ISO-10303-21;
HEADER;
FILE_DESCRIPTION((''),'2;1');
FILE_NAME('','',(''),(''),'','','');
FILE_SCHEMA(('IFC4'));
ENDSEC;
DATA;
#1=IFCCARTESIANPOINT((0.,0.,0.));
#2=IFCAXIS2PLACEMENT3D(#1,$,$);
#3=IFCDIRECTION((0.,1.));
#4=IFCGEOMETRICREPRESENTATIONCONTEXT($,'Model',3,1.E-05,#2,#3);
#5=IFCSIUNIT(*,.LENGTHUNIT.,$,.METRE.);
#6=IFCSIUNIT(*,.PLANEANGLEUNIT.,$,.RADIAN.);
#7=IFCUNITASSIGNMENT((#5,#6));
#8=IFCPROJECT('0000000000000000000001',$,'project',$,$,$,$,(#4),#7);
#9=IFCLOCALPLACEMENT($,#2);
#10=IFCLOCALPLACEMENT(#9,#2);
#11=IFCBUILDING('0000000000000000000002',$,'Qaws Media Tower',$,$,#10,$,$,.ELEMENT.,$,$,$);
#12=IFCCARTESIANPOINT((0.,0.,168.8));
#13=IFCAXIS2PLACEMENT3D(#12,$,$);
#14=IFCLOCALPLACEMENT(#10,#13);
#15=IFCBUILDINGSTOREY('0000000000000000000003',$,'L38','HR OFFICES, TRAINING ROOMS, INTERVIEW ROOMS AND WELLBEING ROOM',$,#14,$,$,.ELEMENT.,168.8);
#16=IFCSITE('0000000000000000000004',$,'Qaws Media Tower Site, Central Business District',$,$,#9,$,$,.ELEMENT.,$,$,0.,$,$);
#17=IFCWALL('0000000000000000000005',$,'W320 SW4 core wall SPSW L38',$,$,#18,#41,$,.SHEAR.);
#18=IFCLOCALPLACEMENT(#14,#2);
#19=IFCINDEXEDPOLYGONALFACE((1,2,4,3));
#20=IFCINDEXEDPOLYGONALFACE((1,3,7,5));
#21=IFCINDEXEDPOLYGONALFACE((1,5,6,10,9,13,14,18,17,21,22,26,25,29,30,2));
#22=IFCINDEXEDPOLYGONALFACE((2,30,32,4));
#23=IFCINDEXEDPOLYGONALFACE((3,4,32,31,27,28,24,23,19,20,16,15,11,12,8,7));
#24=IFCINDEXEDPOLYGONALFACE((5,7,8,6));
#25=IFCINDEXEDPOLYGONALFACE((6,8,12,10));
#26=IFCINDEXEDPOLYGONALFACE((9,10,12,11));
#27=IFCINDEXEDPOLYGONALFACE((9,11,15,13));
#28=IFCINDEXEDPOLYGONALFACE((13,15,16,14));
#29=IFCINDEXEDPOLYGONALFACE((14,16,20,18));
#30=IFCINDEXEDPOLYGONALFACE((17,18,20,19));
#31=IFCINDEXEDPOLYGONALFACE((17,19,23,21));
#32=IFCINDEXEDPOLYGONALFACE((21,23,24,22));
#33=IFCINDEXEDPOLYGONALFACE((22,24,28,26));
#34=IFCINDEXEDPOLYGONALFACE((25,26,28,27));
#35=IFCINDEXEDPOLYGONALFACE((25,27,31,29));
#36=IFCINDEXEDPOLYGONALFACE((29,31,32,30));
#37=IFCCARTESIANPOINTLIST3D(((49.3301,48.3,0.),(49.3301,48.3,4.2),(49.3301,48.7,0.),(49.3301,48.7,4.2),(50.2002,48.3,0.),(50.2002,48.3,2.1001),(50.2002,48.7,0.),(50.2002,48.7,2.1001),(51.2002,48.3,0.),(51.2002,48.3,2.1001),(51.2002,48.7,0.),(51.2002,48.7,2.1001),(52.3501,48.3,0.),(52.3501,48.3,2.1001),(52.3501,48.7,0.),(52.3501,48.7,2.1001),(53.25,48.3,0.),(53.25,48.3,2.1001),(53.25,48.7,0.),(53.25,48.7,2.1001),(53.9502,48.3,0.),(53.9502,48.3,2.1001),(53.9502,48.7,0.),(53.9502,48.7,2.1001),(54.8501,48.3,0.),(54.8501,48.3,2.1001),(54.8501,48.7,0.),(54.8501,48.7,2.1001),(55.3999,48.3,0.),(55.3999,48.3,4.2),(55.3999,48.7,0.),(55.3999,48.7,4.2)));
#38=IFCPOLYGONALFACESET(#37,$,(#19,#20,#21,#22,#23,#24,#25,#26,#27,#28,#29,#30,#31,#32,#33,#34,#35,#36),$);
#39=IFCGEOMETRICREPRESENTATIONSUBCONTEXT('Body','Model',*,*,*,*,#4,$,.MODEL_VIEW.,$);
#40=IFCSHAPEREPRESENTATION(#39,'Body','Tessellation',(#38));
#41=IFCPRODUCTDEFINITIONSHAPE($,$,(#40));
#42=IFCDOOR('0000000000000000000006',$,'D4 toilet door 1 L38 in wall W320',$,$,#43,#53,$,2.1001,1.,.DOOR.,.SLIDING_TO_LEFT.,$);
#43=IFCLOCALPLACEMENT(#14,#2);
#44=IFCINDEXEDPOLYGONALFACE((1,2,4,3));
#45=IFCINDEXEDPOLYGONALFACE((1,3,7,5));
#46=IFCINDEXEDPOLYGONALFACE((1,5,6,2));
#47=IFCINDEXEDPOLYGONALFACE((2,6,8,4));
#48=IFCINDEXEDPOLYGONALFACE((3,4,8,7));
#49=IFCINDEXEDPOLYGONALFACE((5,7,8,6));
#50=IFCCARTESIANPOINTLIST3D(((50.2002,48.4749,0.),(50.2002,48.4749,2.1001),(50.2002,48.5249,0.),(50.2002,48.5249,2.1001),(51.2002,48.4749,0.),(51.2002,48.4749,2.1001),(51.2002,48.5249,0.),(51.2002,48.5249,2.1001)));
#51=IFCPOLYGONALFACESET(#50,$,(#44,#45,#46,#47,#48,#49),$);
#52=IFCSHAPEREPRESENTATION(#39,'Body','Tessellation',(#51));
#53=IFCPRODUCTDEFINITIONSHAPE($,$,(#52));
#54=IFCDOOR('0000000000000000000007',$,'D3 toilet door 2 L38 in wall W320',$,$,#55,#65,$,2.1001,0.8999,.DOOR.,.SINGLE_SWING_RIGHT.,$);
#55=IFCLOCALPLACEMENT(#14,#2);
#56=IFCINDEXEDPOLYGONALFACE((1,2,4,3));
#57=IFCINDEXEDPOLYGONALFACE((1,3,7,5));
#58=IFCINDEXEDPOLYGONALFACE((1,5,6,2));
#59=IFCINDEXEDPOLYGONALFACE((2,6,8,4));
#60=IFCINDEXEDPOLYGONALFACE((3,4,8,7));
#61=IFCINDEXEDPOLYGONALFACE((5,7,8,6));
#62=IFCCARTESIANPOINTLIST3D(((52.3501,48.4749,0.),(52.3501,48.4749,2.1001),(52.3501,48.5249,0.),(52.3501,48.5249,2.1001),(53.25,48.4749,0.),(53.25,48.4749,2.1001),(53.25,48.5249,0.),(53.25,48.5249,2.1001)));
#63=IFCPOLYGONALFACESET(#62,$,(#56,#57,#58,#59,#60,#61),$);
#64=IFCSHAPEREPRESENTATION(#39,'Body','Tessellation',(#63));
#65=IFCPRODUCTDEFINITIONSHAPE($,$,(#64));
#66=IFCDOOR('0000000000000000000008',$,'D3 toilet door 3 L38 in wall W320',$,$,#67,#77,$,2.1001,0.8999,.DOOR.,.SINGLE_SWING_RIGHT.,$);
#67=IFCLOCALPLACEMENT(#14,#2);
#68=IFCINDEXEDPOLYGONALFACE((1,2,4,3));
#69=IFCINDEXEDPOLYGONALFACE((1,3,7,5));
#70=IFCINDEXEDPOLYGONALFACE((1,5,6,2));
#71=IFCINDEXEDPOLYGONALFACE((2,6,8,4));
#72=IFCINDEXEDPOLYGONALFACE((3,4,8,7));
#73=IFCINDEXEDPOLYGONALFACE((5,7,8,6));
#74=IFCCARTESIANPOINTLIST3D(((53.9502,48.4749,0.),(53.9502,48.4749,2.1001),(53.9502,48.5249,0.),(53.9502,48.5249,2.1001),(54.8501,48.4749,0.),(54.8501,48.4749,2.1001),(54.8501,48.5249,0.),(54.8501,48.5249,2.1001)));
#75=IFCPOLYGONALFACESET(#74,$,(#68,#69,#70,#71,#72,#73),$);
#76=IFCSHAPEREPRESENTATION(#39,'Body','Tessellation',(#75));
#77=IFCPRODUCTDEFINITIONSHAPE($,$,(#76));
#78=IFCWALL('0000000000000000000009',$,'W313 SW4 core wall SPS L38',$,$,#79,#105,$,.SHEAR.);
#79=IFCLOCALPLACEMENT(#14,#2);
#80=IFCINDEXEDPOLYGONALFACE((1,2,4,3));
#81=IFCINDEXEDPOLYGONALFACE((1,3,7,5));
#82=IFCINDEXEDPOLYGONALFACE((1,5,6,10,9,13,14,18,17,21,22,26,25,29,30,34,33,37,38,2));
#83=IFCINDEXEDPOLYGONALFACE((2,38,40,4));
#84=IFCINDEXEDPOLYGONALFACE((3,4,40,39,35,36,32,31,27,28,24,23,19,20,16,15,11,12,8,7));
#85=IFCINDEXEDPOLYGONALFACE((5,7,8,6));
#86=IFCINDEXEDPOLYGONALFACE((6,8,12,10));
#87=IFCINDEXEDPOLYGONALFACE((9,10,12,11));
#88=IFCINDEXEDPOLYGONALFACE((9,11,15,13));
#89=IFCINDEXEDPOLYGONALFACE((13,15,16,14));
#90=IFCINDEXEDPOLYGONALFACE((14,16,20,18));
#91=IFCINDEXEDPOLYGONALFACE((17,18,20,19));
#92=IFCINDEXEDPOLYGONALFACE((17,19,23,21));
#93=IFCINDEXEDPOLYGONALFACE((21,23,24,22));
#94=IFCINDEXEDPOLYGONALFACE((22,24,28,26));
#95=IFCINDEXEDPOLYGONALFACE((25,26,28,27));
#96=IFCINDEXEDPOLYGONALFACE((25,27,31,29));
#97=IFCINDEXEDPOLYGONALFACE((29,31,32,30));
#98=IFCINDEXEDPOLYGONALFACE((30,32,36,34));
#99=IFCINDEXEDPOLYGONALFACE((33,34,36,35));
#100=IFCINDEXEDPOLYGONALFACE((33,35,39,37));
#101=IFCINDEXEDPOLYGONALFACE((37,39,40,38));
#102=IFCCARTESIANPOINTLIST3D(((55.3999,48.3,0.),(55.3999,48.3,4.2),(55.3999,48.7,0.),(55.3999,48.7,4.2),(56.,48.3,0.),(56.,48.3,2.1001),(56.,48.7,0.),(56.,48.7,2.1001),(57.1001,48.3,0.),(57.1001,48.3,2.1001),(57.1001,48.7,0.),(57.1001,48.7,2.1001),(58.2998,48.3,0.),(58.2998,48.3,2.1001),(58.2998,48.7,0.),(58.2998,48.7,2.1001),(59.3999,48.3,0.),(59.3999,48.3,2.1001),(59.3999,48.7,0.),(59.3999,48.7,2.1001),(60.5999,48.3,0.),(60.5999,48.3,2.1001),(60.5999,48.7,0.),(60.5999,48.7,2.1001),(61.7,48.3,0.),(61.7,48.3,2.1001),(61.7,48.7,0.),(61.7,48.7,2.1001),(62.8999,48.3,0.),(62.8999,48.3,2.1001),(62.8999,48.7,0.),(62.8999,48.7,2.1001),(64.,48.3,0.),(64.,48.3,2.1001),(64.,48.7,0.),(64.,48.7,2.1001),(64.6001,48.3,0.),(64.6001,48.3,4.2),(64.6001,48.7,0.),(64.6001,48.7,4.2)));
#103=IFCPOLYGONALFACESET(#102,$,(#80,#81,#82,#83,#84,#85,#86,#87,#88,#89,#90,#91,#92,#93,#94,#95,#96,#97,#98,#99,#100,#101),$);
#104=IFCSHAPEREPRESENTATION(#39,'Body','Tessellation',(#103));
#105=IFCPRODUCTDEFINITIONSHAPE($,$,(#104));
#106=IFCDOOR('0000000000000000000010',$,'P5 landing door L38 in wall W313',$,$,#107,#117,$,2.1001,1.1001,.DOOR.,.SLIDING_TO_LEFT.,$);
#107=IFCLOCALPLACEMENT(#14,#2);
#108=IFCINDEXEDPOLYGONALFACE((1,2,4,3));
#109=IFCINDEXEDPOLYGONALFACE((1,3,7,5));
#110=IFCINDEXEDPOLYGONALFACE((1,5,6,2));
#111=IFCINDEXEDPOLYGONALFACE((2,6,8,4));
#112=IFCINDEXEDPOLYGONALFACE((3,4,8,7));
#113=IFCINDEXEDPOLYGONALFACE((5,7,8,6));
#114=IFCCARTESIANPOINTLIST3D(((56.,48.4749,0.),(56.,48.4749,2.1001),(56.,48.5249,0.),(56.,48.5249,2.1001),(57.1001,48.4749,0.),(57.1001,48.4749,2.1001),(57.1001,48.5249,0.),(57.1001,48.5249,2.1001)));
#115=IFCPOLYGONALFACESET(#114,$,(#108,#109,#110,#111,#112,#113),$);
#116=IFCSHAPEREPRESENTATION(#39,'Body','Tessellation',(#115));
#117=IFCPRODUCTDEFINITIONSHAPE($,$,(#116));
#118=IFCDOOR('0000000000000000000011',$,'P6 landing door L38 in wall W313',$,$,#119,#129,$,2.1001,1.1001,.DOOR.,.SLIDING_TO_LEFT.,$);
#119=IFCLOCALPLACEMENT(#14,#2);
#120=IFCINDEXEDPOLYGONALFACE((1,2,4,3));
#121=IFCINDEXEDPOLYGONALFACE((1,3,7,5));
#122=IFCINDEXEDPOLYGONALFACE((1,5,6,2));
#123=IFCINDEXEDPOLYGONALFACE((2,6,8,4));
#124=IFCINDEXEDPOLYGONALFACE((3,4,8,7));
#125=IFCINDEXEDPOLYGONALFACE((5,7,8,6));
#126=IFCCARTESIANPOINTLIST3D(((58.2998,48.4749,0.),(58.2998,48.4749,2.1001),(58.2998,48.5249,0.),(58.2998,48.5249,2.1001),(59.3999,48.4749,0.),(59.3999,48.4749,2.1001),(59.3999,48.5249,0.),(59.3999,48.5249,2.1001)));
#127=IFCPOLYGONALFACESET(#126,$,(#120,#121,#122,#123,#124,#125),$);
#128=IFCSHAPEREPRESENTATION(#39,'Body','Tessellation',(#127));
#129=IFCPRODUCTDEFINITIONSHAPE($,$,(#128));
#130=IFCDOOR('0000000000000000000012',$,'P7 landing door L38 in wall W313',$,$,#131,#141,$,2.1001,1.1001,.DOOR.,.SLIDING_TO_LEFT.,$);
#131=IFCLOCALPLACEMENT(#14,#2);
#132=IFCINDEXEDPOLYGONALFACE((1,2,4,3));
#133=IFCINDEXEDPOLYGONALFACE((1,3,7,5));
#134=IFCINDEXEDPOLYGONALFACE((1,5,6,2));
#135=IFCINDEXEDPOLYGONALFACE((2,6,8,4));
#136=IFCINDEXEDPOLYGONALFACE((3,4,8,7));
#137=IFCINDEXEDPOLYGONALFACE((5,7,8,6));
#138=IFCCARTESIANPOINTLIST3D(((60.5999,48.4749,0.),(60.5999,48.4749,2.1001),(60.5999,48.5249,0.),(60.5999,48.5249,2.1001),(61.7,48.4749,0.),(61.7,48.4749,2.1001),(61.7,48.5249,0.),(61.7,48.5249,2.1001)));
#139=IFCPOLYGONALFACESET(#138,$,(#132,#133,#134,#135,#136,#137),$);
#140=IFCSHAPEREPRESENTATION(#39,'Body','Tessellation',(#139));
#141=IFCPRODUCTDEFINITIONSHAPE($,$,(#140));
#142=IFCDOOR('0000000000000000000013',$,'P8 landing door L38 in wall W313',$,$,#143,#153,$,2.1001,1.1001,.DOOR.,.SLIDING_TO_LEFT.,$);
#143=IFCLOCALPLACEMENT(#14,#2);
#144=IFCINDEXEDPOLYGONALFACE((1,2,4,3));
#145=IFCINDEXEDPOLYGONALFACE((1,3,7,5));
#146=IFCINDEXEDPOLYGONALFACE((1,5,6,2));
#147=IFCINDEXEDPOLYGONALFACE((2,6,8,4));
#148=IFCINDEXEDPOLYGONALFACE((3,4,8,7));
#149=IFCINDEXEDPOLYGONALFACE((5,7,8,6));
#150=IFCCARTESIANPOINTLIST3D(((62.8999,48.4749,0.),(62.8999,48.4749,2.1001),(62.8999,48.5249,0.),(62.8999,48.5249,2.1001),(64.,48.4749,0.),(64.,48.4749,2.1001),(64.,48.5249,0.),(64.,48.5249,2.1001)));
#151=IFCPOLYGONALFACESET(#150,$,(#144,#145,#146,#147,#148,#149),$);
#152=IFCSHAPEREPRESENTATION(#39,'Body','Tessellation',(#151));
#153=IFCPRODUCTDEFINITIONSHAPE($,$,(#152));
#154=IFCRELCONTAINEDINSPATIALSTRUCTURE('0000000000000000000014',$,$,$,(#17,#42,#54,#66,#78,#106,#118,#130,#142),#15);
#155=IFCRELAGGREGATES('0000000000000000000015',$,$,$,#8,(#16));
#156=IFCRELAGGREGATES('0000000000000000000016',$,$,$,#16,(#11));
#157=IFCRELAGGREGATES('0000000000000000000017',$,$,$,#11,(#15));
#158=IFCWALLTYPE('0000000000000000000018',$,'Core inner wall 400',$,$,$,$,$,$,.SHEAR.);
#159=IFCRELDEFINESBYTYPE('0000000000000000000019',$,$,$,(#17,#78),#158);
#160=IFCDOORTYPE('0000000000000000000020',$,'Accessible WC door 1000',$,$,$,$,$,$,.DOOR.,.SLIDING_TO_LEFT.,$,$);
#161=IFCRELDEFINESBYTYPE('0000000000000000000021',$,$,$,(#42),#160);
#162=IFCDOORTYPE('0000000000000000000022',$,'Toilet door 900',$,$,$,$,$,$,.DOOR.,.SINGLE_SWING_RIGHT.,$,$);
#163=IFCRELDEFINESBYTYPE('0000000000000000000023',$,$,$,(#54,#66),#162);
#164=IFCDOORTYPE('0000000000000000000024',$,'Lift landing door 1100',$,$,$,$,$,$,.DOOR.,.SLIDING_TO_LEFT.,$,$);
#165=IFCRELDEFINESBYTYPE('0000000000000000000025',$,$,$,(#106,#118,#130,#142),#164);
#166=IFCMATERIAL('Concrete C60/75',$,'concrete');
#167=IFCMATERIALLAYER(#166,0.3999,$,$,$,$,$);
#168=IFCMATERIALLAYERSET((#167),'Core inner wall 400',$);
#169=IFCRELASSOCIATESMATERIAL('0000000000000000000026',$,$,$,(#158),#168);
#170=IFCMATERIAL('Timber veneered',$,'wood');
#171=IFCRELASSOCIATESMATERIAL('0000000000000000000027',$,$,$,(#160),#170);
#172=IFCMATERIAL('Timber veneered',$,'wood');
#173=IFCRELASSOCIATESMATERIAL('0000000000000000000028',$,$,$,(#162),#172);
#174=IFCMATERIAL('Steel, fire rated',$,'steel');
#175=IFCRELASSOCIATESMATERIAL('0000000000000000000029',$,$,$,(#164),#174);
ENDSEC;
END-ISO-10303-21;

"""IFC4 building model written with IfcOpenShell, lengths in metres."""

from ifc_helpers import new_model, si_unit, direction, frame, frame_2d, origin, place, context, subcontext, project, spatial, rectangle, extrude, material, layer, layer_set, type_object, element, fill, save


model = new_model("IFC4")

# Units and contexts
model_context = context("Model", 3, precision=1e-05, world=origin(), true_north=direction((0.0, 1.0)))
body_context = subcontext(model_context, "Body", "Model", "MODEL_VIEW")
ifc_project = project(units=[si_unit("LENGTHUNIT", "METRE"), si_unit("PLANEANGLEUNIT", "RADIAN")], contexts=[model_context])

# Site, building, storey
site_placement = place(None, origin())
site = spatial("IfcSite", under=ifc_project, at=site_placement, Name="Qaws Media Tower Site, Central Business District", CompositionType="ELEMENT", RefElevation=0.0)
building_placement = place(site_placement, origin())
building = spatial("IfcBuilding", under=site, at=building_placement, Name="Qaws Media Tower", CompositionType="ELEMENT")
storey_placement = place(building_placement, frame((0.0, 0.0, 168.8)))
storey = spatial("IfcBuildingStorey", under=building, at=storey_placement, Name="L38", Description="HR OFFICES, TRAINING ROOMS, INTERVIEW ROOMS AND WELLBEING ROOM", CompositionType="ELEMENT", Elevation=168.8)

# Shared definitions
ifc_material_1 = material(Name="Concrete C60/75", Category="concrete")
ifc_layer_1 = layer(ifc_material_1, 0.3999)
ifc_layer_set_1 = layer_set([ifc_layer_1], Name="Core inner wall 400")
wall_type_1 = type_object("IfcWallType", Name="Core inner wall 400", PredefinedType="SHEAR", material=ifc_layer_set_1)

# Walls, openings, doors
wall_1_placement = place(storey_placement, frame((49.3301, 48.5, 0.0), z_axis=(0.0, 0.0, 1.0), x_axis=(1.0, 0.0, 0.0)))
wall_1 = element("IfcWall", 1, at=wall_1_placement, inside=storey, type_object=wall_type_1, Name="W320 SW4 core wall SPSW L38", PredefinedType="SHEAR", context=body_context, shape_type="SweptSolid", body=[
    extrude(rectangle(XDim=6.0698, YDim=0.3999, at=frame_2d((3.0349, 0.0))), origin(), (0.0, 0.0, 1.0), 4.2),
])
opening_1_placement = place(wall_1_placement, frame((0.8701, 0.0, 0.0)))
opening_1 = element("IfcOpeningElement", 2, at=opening_1_placement, cuts=wall_1, PredefinedType="OPENING", context=body_context, shape_type="SweptSolid", body=[
    extrude(rectangle(XDim=1.0, YDim=2.1001, at=frame_2d((0.5, 1.05))), frame((0.0, 0.21, 0.0), z_axis=(0.0, -1.0, 0.0), x_axis=(1.0, 0.0, 0.0)), (0.0, 0.0, 1.0), 0.4199),
])
opening_2_placement = place(wall_1_placement, frame((3.02, 0.0, 0.0)))
opening_2 = element("IfcOpeningElement", 3, at=opening_2_placement, cuts=wall_1, PredefinedType="OPENING", context=body_context, shape_type="SweptSolid", body=[
    extrude(rectangle(XDim=0.8999, YDim=2.1001, at=frame_2d((0.45, 1.05))), frame((0.0, 0.21, 0.0), z_axis=(0.0, -1.0, 0.0), x_axis=(1.0, 0.0, 0.0)), (0.0, 0.0, 1.0), 0.4199),
])
opening_3_placement = place(wall_1_placement, frame((4.6201, 0.0, 0.0)))
opening_3 = element("IfcOpeningElement", 4, at=opening_3_placement, cuts=wall_1, PredefinedType="OPENING", context=body_context, shape_type="SweptSolid", body=[
    extrude(rectangle(XDim=0.8999, YDim=2.1001, at=frame_2d((0.45, 1.05))), frame((0.0, 0.21, 0.0), z_axis=(0.0, -1.0, 0.0), x_axis=(1.0, 0.0, 0.0)), (0.0, 0.0, 1.0), 0.4199),
])
ifc_material_2 = material(Name="Timber veneered", Category="wood")
door_type_1 = type_object("IfcDoorType", Name="Accessible WC door 1000", OperationType="SLIDING_TO_LEFT", PredefinedType="DOOR", material=ifc_material_2)
door_1_placement = place(opening_1_placement, origin())
door_1 = element("IfcDoor", 5, at=door_1_placement, inside=storey, type_object=door_type_1, Name="D4 toilet door 1 L38 in wall W320", OperationType="SLIDING_TO_LEFT", OverallHeight=2.1001, OverallWidth=1.0, PredefinedType="DOOR", context=body_context, shape_type="SweptSolid", body=[
    extrude(rectangle(XDim=1.0, YDim=2.1001, at=frame_2d((0.5, 1.05))), frame((0.0, 0.0249, 0.0), z_axis=(0.0, -1.0, 0.0), x_axis=(1.0, 0.0, 0.0)), (0.0, 0.0, 1.0), 0.05),
])
fill(opening_1, door_1)
ifc_material_3 = material(Name="Timber veneered", Category="wood")
door_type_2 = type_object("IfcDoorType", Name="Toilet door 900", OperationType="SINGLE_SWING_RIGHT", PredefinedType="DOOR", material=ifc_material_3)
door_2_placement = place(opening_2_placement, origin())
door_2 = element("IfcDoor", 6, at=door_2_placement, inside=storey, type_object=door_type_2, Name="D3 toilet door 2 L38 in wall W320", OperationType="SINGLE_SWING_RIGHT", OverallHeight=2.1001, OverallWidth=0.8999, PredefinedType="DOOR", context=body_context, shape_type="SweptSolid", body=[
    extrude(rectangle(XDim=0.8999, YDim=2.1001, at=frame_2d((0.45, 1.05))), frame((0.0, 0.0249, 0.0), z_axis=(0.0, -1.0, 0.0), x_axis=(1.0, 0.0, 0.0)), (0.0, 0.0, 1.0), 0.05),
])
fill(opening_2, door_2)
door_3_placement = place(opening_3_placement, origin())
door_3 = element("IfcDoor", 7, at=door_3_placement, inside=storey, type_object=door_type_2, Name="D3 toilet door 3 L38 in wall W320", OperationType="SINGLE_SWING_RIGHT", OverallHeight=2.1001, OverallWidth=0.8999, PredefinedType="DOOR", context=body_context, shape_type="SweptSolid", body=[
    extrude(rectangle(XDim=0.8999, YDim=2.1001, at=frame_2d((0.45, 1.05))), frame((0.0, 0.0249, 0.0), z_axis=(0.0, -1.0, 0.0), x_axis=(1.0, 0.0, 0.0)), (0.0, 0.0, 1.0), 0.05),
])
fill(opening_3, door_3)
wall_2_placement = place(storey_placement, frame((55.3999, 48.5, 0.0), z_axis=(0.0, 0.0, 1.0), x_axis=(1.0, 0.0, 0.0)))
wall_2 = element("IfcWall", 8, at=wall_2_placement, inside=storey, type_object=wall_type_1, Name="W313 SW4 core wall SPS L38", PredefinedType="SHEAR", context=body_context, shape_type="SweptSolid", body=[
    extrude(rectangle(XDim=9.2002, YDim=0.3999, at=frame_2d((4.6001, 0.0))), origin(), (0.0, 0.0, 1.0), 4.2),
])
opening_4_placement = place(wall_2_placement, frame((0.6001, 0.0, 0.0)))
opening_4 = element("IfcOpeningElement", 9, at=opening_4_placement, cuts=wall_2, PredefinedType="OPENING", context=body_context, shape_type="SweptSolid", body=[
    extrude(rectangle(XDim=1.1001, YDim=2.1001, at=frame_2d((0.55, 1.05))), frame((0.0, 0.21, 0.0), z_axis=(0.0, -1.0, 0.0), x_axis=(1.0, 0.0, 0.0)), (0.0, 0.0, 1.0), 0.4199),
])
opening_5_placement = place(wall_2_placement, frame((2.8999, 0.0, 0.0)))
opening_5 = element("IfcOpeningElement", 10, at=opening_5_placement, cuts=wall_2, PredefinedType="OPENING", context=body_context, shape_type="SweptSolid", body=[
    extrude(rectangle(XDim=1.1001, YDim=2.1001, at=frame_2d((0.55, 1.05))), frame((0.0, 0.21, 0.0), z_axis=(0.0, -1.0, 0.0), x_axis=(1.0, 0.0, 0.0)), (0.0, 0.0, 1.0), 0.4199),
])
opening_6_placement = place(wall_2_placement, frame((5.2, 0.0, 0.0)))
opening_6 = element("IfcOpeningElement", 11, at=opening_6_placement, cuts=wall_2, PredefinedType="OPENING", context=body_context, shape_type="SweptSolid", body=[
    extrude(rectangle(XDim=1.1001, YDim=2.1001, at=frame_2d((0.55, 1.05))), frame((0.0, 0.21, 0.0), z_axis=(0.0, -1.0, 0.0), x_axis=(1.0, 0.0, 0.0)), (0.0, 0.0, 1.0), 0.4199),
])
opening_7_placement = place(wall_2_placement, frame((7.5, 0.0, 0.0)))
opening_7 = element("IfcOpeningElement", 12, at=opening_7_placement, cuts=wall_2, PredefinedType="OPENING", context=body_context, shape_type="SweptSolid", body=[
    extrude(rectangle(XDim=1.1001, YDim=2.1001, at=frame_2d((0.55, 1.05))), frame((0.0, 0.21, 0.0), z_axis=(0.0, -1.0, 0.0), x_axis=(1.0, 0.0, 0.0)), (0.0, 0.0, 1.0), 0.4199),
])
ifc_material_4 = material(Name="Steel, fire rated", Category="steel")
door_type_3 = type_object("IfcDoorType", Name="Lift landing door 1100", OperationType="SLIDING_TO_LEFT", PredefinedType="DOOR", material=ifc_material_4)
door_4_placement = place(opening_4_placement, origin())
door_4 = element("IfcDoor", 13, at=door_4_placement, inside=storey, type_object=door_type_3, Name="P5 landing door L38 in wall W313", OperationType="SLIDING_TO_LEFT", OverallHeight=2.1001, OverallWidth=1.1001, PredefinedType="DOOR", context=body_context, shape_type="SweptSolid", body=[
    extrude(rectangle(XDim=1.1001, YDim=2.1001, at=frame_2d((0.55, 1.05))), frame((0.0, 0.0249, 0.0), z_axis=(0.0, -1.0, 0.0), x_axis=(1.0, 0.0, 0.0)), (0.0, 0.0, 1.0), 0.05),
])
fill(opening_4, door_4)
door_5_placement = place(opening_5_placement, origin())
door_5 = element("IfcDoor", 14, at=door_5_placement, inside=storey, type_object=door_type_3, Name="P6 landing door L38 in wall W313", OperationType="SLIDING_TO_LEFT", OverallHeight=2.1001, OverallWidth=1.1001, PredefinedType="DOOR", context=body_context, shape_type="SweptSolid", body=[
    extrude(rectangle(XDim=1.1001, YDim=2.1001, at=frame_2d((0.55, 1.05))), frame((0.0, 0.0249, 0.0), z_axis=(0.0, -1.0, 0.0), x_axis=(1.0, 0.0, 0.0)), (0.0, 0.0, 1.0), 0.05),
])
fill(opening_5, door_5)
door_6_placement = place(opening_6_placement, origin())
door_6 = element("IfcDoor", 15, at=door_6_placement, inside=storey, type_object=door_type_3, Name="P7 landing door L38 in wall W313", OperationType="SLIDING_TO_LEFT", OverallHeight=2.1001, OverallWidth=1.1001, PredefinedType="DOOR", context=body_context, shape_type="SweptSolid", body=[
    extrude(rectangle(XDim=1.1001, YDim=2.1001, at=frame_2d((0.55, 1.05))), frame((0.0, 0.0249, 0.0), z_axis=(0.0, -1.0, 0.0), x_axis=(1.0, 0.0, 0.0)), (0.0, 0.0, 1.0), 0.05),
])
fill(opening_6, door_6)
door_7_placement = place(opening_7_placement, origin())
door_7 = element("IfcDoor", 16, at=door_7_placement, inside=storey, type_object=door_type_3, Name="P8 landing door L38 in wall W313", OperationType="SLIDING_TO_LEFT", OverallHeight=2.1001, OverallWidth=1.1001, PredefinedType="DOOR", context=body_context, shape_type="SweptSolid", body=[
    extrude(rectangle(XDim=1.1001, YDim=2.1001, at=frame_2d((0.55, 1.05))), frame((0.0, 0.0249, 0.0), z_axis=(0.0, -1.0, 0.0), x_axis=(1.0, 0.0, 0.0)), (0.0, 0.0, 1.0), 0.05),
])
fill(opening_7, door_7)

save(model, "model.ifc")
